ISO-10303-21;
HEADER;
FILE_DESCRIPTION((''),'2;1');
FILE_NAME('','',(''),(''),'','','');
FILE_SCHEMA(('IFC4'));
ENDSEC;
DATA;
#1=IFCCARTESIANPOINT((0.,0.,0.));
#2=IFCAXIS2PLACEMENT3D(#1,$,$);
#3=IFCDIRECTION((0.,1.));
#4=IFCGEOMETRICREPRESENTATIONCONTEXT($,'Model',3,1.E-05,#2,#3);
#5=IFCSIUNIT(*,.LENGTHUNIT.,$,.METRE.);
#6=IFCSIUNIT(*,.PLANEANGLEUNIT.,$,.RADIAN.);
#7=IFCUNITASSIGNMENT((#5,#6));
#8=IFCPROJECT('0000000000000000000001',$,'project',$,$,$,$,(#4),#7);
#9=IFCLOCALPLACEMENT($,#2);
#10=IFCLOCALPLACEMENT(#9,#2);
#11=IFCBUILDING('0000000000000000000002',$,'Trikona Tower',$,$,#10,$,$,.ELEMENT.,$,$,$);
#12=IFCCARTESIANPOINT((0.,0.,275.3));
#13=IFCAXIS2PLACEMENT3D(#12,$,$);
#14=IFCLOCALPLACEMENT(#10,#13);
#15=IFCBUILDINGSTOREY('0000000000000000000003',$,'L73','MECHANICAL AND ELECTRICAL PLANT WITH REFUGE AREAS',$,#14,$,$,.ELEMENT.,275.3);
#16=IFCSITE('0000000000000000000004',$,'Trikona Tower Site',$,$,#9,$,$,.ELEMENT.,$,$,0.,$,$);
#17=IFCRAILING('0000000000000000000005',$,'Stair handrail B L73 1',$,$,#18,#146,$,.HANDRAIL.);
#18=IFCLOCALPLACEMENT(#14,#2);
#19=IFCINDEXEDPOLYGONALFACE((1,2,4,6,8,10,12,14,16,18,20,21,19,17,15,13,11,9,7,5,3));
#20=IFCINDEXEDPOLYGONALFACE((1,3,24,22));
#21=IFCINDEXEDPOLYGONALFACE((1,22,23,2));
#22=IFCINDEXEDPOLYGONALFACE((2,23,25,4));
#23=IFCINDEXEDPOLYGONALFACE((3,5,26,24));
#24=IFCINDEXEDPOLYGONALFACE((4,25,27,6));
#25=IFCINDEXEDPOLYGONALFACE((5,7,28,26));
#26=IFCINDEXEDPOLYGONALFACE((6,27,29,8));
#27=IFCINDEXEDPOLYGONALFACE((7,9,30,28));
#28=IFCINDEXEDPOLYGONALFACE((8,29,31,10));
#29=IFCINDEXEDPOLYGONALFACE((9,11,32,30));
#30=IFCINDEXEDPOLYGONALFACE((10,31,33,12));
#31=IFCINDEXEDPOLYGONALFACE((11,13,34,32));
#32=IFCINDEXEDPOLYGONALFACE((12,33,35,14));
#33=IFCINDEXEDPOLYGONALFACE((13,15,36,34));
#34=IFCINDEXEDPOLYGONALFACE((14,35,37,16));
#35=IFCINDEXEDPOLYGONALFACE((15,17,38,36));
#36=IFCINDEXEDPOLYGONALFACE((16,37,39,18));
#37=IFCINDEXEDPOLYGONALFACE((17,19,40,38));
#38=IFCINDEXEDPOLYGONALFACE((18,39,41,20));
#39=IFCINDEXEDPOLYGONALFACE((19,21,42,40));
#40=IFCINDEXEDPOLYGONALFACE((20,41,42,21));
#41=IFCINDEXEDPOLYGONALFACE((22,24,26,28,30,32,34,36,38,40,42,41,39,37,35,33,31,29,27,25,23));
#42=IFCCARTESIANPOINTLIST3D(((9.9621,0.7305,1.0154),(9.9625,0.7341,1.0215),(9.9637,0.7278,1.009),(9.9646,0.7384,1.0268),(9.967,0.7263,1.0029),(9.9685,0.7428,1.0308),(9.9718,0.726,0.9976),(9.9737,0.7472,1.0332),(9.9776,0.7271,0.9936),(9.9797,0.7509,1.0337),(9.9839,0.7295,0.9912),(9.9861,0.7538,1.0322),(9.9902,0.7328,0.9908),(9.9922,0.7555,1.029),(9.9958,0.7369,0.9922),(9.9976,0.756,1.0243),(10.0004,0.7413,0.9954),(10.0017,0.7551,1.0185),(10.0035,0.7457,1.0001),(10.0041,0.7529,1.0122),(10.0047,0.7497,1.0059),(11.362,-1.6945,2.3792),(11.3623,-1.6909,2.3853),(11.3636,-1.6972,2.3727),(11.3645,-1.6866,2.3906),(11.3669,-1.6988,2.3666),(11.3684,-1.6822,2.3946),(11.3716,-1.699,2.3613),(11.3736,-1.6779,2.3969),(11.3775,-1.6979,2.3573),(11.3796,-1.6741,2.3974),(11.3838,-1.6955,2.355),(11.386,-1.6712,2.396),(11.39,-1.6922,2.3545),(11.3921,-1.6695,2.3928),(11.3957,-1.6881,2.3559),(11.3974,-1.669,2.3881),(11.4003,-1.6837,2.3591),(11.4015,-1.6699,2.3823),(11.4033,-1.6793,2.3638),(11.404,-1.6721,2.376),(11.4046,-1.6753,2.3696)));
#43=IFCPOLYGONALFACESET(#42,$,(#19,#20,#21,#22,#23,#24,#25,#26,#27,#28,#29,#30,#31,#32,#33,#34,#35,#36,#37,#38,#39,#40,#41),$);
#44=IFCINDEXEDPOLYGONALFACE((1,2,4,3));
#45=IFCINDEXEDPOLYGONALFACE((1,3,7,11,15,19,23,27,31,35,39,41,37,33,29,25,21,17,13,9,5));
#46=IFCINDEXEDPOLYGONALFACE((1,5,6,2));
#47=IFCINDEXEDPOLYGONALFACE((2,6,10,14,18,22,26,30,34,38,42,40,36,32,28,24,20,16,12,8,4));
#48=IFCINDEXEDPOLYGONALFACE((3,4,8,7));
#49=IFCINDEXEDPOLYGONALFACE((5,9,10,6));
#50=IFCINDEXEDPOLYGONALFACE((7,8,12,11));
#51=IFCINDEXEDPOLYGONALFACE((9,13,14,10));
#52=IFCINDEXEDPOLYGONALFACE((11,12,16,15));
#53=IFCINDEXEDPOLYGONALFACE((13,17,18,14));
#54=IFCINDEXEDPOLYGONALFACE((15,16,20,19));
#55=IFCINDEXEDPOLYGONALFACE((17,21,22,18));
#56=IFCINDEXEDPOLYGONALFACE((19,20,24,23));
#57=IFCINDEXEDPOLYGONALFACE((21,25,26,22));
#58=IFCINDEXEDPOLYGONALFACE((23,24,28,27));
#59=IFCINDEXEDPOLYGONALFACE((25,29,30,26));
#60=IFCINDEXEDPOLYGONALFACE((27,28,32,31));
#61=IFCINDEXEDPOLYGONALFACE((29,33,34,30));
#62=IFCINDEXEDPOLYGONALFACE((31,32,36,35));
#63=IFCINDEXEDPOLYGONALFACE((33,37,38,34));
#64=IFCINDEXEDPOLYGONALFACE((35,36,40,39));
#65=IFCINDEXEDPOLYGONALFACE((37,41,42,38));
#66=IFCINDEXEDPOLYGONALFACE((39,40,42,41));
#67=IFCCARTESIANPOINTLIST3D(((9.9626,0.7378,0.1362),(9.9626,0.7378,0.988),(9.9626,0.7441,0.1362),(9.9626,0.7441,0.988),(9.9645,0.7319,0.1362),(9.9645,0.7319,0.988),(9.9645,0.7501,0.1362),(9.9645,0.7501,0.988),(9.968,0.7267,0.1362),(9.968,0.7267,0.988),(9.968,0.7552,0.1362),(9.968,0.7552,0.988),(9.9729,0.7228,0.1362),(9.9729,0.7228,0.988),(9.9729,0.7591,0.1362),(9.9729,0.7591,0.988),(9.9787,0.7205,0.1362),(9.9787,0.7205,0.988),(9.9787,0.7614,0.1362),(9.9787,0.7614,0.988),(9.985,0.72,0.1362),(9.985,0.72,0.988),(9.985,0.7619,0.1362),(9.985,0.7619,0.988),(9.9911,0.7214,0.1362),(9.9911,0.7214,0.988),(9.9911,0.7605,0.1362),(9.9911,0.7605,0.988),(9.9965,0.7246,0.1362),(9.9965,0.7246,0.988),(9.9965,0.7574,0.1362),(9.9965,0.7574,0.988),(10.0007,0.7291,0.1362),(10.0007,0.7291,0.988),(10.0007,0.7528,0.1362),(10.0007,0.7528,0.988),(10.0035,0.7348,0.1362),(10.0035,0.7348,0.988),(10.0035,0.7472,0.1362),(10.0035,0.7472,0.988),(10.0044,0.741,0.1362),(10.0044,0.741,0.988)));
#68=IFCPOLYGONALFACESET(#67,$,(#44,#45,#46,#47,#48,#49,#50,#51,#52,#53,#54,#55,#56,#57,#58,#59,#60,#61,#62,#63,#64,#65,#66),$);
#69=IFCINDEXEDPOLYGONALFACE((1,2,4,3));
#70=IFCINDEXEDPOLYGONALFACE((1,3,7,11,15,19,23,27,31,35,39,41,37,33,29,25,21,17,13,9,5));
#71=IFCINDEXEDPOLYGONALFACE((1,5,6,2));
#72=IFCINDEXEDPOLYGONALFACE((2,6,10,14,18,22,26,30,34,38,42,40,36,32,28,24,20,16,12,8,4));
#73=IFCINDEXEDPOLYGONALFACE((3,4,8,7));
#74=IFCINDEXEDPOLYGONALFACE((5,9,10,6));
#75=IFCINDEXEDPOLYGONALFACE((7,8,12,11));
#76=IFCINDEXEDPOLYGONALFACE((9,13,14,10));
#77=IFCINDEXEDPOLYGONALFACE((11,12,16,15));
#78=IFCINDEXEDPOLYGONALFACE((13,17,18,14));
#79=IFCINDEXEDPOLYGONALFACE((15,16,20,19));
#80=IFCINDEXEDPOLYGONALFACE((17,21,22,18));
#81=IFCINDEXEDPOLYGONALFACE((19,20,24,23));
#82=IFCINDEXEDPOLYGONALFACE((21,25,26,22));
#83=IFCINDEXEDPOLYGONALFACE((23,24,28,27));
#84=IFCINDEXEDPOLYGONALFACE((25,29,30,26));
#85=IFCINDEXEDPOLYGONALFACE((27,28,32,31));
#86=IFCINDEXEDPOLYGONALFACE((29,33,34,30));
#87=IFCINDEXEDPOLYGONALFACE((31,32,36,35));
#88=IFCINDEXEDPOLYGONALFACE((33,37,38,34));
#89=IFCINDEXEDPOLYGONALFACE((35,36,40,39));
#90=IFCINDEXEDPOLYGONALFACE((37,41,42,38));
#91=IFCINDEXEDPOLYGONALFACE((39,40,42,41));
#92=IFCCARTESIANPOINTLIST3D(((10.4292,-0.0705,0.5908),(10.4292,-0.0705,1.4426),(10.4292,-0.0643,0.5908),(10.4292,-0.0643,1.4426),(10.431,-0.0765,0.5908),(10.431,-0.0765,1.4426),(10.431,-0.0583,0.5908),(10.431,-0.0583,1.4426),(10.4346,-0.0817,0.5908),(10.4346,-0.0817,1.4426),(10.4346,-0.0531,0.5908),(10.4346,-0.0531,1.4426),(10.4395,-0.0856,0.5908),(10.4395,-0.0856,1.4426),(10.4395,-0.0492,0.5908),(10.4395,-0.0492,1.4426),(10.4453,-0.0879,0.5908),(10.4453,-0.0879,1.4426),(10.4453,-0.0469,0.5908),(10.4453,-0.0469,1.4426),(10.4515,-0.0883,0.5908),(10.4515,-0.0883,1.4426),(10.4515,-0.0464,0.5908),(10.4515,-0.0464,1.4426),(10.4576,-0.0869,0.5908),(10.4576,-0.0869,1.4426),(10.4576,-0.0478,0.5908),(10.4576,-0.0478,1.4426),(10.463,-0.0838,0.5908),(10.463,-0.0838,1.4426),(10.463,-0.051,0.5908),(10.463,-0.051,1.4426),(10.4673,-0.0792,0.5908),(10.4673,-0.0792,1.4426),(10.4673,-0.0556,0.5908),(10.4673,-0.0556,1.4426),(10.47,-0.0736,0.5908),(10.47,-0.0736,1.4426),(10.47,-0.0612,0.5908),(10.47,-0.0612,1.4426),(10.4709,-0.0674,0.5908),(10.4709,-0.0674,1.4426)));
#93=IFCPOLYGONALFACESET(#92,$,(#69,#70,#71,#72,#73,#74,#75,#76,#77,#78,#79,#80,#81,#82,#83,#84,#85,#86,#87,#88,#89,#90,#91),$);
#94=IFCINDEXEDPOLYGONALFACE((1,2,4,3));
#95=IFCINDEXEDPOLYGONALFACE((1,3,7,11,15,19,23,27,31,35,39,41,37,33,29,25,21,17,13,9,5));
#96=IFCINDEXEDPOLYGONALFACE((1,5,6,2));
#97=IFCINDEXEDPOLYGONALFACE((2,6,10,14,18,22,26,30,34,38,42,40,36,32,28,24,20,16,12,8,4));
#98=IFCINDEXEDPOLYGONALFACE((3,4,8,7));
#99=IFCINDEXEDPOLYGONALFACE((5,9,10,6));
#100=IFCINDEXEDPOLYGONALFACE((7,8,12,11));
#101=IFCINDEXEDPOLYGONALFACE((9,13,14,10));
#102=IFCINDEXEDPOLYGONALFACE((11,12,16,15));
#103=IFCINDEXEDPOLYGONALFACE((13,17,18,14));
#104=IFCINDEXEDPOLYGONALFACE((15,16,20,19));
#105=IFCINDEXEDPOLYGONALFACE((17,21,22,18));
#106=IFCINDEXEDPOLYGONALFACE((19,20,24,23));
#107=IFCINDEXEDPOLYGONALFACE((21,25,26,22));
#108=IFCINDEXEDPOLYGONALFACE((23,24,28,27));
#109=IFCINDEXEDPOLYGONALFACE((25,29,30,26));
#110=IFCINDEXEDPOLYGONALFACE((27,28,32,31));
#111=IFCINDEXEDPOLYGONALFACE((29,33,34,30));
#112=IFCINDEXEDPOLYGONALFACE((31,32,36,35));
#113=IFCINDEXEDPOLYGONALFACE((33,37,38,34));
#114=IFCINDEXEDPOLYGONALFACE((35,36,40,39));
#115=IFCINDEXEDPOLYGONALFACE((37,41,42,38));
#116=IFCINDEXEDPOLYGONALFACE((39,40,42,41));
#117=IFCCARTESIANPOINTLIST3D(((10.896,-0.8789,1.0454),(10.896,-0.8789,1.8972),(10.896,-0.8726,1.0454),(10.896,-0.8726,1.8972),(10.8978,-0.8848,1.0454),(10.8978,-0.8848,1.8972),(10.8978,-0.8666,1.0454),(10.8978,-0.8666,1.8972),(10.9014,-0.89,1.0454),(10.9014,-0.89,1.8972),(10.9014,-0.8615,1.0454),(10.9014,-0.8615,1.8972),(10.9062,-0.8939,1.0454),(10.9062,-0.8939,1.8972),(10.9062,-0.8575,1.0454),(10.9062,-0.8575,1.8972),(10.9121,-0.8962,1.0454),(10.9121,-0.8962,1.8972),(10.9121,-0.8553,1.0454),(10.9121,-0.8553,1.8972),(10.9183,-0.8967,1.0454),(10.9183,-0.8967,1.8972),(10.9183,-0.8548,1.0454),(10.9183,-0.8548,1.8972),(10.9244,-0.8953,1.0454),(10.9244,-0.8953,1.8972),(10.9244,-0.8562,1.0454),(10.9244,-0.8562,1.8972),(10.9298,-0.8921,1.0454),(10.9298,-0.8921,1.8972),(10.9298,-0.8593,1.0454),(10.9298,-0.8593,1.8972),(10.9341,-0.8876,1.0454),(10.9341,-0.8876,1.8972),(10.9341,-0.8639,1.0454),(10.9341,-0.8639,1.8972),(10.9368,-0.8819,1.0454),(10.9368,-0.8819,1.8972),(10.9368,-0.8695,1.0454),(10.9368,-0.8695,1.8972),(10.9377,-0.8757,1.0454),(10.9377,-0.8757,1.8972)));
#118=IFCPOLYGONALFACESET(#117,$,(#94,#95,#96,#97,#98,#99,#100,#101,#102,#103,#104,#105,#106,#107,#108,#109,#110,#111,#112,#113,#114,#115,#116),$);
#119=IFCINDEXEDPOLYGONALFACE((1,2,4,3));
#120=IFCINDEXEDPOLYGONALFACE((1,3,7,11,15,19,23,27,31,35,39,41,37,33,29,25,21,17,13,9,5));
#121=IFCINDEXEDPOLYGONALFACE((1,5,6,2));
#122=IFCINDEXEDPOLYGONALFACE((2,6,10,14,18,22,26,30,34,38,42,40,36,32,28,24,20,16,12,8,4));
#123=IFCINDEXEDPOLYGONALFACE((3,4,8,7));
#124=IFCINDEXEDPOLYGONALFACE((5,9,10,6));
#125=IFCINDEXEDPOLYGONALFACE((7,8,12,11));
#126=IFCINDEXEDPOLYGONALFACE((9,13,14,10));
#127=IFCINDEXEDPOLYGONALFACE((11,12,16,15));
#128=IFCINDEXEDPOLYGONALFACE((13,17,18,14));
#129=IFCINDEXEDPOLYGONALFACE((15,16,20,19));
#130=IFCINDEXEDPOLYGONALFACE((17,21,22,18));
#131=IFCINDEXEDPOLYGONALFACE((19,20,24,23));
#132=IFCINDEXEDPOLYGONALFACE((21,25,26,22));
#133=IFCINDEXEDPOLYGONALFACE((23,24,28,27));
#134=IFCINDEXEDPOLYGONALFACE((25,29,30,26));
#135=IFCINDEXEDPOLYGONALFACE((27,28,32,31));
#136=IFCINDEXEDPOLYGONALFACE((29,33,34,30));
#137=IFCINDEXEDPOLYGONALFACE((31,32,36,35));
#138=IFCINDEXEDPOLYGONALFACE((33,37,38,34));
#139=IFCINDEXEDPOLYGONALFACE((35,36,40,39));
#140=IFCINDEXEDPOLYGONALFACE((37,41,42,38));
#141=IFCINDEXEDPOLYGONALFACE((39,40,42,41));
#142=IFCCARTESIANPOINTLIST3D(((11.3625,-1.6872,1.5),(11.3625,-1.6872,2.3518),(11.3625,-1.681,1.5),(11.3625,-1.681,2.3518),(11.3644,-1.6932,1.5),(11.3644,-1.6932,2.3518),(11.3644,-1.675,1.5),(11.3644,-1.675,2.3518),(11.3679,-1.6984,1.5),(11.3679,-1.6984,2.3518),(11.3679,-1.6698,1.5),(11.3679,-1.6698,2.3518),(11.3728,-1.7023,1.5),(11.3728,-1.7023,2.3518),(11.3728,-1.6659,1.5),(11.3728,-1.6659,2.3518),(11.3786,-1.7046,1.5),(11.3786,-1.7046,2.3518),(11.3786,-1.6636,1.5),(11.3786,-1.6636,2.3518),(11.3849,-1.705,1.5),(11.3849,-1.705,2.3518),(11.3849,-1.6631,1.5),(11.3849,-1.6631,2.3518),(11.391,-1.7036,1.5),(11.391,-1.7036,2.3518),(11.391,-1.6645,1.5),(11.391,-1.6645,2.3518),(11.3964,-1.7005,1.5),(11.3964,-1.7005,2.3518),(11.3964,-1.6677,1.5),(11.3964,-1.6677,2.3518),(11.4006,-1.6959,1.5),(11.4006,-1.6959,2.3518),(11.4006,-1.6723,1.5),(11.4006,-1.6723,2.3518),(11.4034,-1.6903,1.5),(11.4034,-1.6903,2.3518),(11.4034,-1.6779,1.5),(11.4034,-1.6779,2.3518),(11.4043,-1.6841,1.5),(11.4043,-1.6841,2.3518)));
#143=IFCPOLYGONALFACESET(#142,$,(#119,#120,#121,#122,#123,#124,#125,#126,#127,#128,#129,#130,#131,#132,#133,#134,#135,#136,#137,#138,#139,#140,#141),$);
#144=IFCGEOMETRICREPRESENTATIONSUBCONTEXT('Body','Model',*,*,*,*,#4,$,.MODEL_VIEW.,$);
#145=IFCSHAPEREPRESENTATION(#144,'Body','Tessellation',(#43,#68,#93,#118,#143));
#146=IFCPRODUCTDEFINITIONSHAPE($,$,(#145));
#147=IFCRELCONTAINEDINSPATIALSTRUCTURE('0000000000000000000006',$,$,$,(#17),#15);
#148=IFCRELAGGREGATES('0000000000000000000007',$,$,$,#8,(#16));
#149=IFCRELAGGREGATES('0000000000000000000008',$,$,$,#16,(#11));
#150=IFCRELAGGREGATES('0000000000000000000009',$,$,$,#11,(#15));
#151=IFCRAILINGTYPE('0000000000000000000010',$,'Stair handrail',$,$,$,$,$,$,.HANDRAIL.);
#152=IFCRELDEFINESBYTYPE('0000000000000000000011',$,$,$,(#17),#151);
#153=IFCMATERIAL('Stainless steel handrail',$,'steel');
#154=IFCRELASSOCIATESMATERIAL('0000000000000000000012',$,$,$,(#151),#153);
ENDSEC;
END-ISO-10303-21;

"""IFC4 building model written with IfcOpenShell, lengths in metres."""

from ifc_helpers import new_model, si_unit, direction, frame, origin, origin_2d, place, context, subcontext, project, spatial, circle, extrude, material, type_object, element, save


model = new_model("IFC4")

# Units and contexts
model_context = context("Model", 3, precision=1e-05, world=origin(), true_north=direction((0.0, 1.0)))
body_context = subcontext(model_context, "Body", "Model", "MODEL_VIEW")
ifc_project = project(units=[si_unit("LENGTHUNIT", "METRE"), si_unit("PLANEANGLEUNIT", "RADIAN")], contexts=[model_context])

# Site, building, storey
site_placement = place(None, origin())
site = spatial("IfcSite", under=ifc_project, at=site_placement, Name="Trikona Tower Site", CompositionType="ELEMENT", RefElevation=0.0)
building_placement = place(site_placement, origin())
building = spatial("IfcBuilding", under=site, at=building_placement, Name="Trikona Tower", CompositionType="ELEMENT")
storey_placement = place(building_placement, frame((0.0, 0.0, 275.3)))
storey = spatial("IfcBuildingStorey", under=building, at=storey_placement, Name="L73", Description="MECHANICAL AND ELECTRICAL PLANT WITH REFUGE AREAS", CompositionType="ELEMENT", Elevation=275.3)

# Railing
ifc_material_1 = material(Name="Stainless steel handrail", Category="steel")
railing_type = type_object("IfcRailingType", Name="Stair handrail", PredefinedType="HANDRAIL", material=ifc_material_1)
for number, where, name in (
    (1, (9.9834, 0.741, 0.1362), "Stair handrail B L73 1"),
):
    element("IfcRailing", number, at=place(storey_placement, frame(where)), inside=storey, type_object=railing_type, Name=name, PredefinedType="HANDRAIL", context=body_context, shape_type="SweptSolid", body=[
        extrude(circle(Radius=0.0239, at=origin_2d()), frame((0.0, 0.0, 0.876), z_axis=(0.449471, -0.778618, 0.43787), x_axis=(0.866056, 0.499946, 0.0)), (0.0, 0.0, 1.0), 3.1145),
        extrude(circle(Radius=0.021, at=origin_2d()), origin(), (0.0, 0.0, 1.0), 0.8518),
        extrude(circle(Radius=0.021, at=origin_2d()), frame((0.4666, -0.8083, 0.4546)), (0.0, 0.0, 1.0), 0.8518),
        extrude(circle(Radius=0.021, at=origin_2d()), frame((0.9333, -1.6167, 0.9092)), (0.0, 0.0, 1.0), 0.8518),
        extrude(circle(Radius=0.021, at=origin_2d()), frame((1.3999, -2.425, 1.3638)), (0.0, 0.0, 1.0), 0.8518),
    ])

save(model, "model.ifc")
